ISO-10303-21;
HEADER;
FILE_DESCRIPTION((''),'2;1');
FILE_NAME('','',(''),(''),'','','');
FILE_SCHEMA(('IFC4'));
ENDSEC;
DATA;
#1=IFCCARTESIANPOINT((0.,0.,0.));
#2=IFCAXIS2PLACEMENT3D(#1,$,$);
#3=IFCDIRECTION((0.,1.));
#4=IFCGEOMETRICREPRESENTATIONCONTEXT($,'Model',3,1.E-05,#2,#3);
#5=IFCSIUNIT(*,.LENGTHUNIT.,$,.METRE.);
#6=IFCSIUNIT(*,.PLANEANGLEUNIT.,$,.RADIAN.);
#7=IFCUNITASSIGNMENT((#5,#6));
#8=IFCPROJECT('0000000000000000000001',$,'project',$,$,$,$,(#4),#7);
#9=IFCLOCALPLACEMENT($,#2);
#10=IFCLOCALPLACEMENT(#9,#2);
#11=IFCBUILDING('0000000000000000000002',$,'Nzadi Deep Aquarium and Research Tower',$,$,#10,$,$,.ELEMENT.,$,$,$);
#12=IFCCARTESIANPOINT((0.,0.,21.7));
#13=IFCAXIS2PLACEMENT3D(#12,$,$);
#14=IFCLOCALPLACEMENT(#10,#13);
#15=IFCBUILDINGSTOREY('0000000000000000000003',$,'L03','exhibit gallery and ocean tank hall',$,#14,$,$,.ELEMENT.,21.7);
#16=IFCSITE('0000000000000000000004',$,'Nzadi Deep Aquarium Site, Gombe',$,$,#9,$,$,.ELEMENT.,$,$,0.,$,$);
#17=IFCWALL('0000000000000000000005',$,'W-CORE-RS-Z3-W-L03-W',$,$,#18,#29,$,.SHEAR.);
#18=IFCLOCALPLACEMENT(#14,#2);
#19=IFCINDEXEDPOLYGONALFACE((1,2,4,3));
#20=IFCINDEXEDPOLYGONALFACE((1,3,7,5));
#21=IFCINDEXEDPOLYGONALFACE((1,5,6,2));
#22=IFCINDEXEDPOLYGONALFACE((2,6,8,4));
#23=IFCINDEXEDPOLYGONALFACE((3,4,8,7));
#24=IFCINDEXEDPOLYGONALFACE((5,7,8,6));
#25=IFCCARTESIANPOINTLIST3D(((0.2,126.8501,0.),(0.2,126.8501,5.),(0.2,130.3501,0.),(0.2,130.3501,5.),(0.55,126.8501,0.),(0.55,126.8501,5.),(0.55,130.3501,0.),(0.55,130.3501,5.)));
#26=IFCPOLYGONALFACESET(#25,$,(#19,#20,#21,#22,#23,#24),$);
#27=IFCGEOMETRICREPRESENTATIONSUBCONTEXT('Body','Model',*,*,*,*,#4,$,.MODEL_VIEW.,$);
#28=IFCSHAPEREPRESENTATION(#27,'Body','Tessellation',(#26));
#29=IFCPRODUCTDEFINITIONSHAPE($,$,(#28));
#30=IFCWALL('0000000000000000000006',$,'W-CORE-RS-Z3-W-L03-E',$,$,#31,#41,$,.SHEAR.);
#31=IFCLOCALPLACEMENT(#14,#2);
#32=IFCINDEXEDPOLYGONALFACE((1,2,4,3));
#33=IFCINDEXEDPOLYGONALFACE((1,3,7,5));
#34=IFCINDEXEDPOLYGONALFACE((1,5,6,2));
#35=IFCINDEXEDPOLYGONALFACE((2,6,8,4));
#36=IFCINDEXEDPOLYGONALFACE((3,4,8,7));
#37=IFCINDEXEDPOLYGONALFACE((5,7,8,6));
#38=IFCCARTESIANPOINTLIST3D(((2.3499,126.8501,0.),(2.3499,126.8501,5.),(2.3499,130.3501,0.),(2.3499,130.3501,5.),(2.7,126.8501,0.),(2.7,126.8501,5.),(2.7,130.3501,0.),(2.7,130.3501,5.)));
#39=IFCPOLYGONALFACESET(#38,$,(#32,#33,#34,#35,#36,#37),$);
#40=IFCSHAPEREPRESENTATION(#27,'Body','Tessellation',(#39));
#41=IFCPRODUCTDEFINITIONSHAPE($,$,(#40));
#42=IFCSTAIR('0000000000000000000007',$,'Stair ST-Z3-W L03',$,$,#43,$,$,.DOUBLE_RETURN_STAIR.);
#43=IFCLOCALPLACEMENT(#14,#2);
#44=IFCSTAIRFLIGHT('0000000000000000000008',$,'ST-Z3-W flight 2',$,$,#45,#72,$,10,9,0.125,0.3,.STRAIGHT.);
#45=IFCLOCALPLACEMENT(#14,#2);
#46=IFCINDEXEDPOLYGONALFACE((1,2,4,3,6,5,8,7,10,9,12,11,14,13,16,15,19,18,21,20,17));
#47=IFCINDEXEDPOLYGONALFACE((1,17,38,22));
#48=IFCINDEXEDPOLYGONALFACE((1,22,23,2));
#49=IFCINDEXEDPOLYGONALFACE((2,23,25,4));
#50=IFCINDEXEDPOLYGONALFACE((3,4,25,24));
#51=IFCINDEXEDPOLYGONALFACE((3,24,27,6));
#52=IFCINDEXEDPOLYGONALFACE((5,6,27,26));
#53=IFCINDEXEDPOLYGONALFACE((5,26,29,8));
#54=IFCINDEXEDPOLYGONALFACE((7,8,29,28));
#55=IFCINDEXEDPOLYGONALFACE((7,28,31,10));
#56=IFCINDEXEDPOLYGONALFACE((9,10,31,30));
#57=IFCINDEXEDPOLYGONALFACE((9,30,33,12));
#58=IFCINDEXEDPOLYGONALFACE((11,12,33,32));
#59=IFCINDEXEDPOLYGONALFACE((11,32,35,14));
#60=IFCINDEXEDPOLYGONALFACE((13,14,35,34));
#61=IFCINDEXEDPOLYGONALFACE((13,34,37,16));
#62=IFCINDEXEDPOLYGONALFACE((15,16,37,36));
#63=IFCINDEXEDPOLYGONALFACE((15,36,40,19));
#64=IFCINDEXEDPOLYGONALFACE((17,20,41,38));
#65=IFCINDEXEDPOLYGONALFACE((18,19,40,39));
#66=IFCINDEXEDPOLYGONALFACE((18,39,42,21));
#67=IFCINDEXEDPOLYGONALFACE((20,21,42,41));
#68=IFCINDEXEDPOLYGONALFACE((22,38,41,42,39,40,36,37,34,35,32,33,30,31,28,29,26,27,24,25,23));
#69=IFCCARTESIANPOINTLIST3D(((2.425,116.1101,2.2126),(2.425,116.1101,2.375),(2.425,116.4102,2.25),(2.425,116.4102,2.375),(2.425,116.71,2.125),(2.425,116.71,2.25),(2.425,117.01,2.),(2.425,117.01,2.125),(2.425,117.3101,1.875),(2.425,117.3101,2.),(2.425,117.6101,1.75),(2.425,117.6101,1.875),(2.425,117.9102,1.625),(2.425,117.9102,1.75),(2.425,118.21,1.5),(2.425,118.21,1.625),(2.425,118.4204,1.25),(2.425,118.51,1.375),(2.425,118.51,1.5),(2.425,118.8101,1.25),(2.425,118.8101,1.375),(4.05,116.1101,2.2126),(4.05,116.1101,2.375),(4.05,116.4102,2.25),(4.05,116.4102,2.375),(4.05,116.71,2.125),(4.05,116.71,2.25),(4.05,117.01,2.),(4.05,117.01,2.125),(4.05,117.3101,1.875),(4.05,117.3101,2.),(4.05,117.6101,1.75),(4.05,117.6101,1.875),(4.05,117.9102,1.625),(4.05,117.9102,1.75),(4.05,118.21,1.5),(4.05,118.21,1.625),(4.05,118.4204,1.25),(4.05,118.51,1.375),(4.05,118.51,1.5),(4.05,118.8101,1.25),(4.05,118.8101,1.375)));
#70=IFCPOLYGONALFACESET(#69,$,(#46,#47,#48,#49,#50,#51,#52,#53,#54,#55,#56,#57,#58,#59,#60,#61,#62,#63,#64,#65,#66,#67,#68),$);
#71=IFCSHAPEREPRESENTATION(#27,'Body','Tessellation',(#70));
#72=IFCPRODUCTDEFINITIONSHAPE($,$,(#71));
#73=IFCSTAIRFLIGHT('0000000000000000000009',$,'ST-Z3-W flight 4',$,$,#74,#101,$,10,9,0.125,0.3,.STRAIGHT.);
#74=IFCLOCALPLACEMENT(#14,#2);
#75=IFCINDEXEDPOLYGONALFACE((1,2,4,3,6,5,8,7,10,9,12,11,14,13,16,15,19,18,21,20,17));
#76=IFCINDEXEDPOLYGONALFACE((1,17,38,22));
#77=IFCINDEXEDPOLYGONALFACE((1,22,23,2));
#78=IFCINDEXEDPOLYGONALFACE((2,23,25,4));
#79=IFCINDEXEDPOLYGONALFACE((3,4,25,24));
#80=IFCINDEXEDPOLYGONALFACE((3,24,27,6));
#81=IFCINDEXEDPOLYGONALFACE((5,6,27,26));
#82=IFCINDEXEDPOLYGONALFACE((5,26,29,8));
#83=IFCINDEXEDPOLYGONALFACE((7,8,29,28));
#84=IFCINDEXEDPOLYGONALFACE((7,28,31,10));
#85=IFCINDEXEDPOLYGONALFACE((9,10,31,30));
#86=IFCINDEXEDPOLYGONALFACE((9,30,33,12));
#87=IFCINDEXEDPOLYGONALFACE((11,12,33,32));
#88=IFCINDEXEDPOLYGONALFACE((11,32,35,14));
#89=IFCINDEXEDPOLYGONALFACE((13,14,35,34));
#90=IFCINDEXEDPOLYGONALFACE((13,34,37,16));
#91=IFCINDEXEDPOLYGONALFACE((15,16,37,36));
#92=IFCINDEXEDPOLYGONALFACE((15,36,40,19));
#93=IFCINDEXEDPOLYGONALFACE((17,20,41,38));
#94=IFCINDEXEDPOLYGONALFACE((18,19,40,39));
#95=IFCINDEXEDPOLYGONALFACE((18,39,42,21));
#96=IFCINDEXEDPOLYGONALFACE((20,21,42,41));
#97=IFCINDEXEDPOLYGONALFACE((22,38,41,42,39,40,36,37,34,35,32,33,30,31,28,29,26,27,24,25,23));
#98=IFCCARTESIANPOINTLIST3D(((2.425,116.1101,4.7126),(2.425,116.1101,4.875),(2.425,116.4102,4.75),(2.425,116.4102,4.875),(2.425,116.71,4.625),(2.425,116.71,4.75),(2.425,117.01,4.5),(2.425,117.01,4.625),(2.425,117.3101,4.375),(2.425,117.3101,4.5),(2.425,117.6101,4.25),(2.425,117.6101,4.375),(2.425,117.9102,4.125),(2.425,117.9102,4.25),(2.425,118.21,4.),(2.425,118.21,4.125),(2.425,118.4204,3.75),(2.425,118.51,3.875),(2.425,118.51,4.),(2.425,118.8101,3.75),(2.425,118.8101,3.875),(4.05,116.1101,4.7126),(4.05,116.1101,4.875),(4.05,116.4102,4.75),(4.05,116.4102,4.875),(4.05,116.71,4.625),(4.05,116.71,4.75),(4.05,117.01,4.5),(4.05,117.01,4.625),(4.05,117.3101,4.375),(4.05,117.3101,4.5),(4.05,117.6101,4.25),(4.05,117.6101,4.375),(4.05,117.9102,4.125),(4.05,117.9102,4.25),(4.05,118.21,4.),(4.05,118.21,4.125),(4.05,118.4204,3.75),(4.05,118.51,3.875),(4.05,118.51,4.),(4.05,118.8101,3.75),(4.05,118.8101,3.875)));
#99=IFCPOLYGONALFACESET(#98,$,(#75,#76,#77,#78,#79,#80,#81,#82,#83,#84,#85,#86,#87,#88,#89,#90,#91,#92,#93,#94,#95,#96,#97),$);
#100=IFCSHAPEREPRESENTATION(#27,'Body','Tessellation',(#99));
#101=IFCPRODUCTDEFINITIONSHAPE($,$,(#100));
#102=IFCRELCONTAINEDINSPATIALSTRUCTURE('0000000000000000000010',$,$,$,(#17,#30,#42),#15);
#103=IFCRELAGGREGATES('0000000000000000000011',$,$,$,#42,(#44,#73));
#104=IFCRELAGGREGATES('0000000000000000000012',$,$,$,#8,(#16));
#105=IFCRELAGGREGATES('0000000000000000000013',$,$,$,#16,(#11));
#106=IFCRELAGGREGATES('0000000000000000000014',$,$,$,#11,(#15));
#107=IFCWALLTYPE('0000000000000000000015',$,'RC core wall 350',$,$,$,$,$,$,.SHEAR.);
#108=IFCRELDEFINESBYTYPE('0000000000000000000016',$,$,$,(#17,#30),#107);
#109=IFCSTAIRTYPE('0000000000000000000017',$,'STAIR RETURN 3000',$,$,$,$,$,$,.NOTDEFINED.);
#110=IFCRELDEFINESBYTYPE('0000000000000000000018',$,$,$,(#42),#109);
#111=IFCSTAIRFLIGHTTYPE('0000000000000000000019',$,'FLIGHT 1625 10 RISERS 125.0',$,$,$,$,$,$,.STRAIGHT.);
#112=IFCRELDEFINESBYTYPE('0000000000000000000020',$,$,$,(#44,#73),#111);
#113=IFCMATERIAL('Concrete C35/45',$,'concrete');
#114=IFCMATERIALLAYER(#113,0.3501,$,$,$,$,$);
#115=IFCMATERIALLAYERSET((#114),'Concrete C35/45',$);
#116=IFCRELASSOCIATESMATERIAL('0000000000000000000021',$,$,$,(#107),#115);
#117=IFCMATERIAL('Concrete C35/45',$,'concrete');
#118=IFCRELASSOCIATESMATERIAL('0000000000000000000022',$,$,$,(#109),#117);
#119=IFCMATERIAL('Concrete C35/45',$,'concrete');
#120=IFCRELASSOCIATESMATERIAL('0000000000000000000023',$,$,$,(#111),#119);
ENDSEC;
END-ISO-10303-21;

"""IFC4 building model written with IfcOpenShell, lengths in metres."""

from ifc_helpers import new_model, si_unit, direction, frame, frame_2d, origin, place, context, subcontext, project, spatial, polyline, rectangle, outline, extrude, material, layer, layer_set, type_object, element, aggregate, save


model = new_model("IFC4")

# Units and contexts
model_context = context("Model", 3, precision=1e-05, world=origin(), true_north=direction((0.0, 1.0)))
body_context = subcontext(model_context, "Body", "Model", "MODEL_VIEW")
ifc_project = project(units=[si_unit("LENGTHUNIT", "METRE"), si_unit("PLANEANGLEUNIT", "RADIAN")], contexts=[model_context])

# Site, building, storey
site_placement = place(None, origin())
site = spatial("IfcSite", under=ifc_project, at=site_placement, Name="Nzadi Deep Aquarium Site, Gombe", CompositionType="ELEMENT", RefElevation=0.0)
building_placement = place(site_placement, origin())
building = spatial("IfcBuilding", under=site, at=building_placement, Name="Nzadi Deep Aquarium and Research Tower", CompositionType="ELEMENT")
storey_placement = place(building_placement, frame((0.0, 0.0, 21.7)))
storey = spatial("IfcBuildingStorey", under=building, at=storey_placement, Name="L03", Description="exhibit gallery and ocean tank hall", CompositionType="ELEMENT", Elevation=21.7)

# Shared definitions
ifc_material_1 = material(Name="Concrete C35/45", Category="concrete")
ifc_layer_1 = layer(ifc_material_1, 0.3501)
ifc_layer_set_1 = layer_set([ifc_layer_1], Name="Concrete C35/45")
wall_type_1 = type_object("IfcWallType", Name="RC core wall 350", PredefinedType="SHEAR", material=ifc_layer_set_1)

# Walls
for number, where, z_axis, x_axis, name in (
    (1, (0.375, 126.8501, 0.0), (0.0, 0.0, 1.0), (0.0, 1.0, 0.0), "W-CORE-RS-Z3-W-L03-W"),
    (2, (2.5249, 126.8501, 0.0), (0.0, 0.0, 1.0), (0.0, 1.0, 0.0), "W-CORE-RS-Z3-W-L03-E"),
):
    element("IfcWall", number, at=place(storey_placement, frame(where, z_axis=z_axis, x_axis=x_axis)), inside=storey, type_object=wall_type_1, Name=name, PredefinedType="SHEAR", context=body_context, shape_type="SweptSolid", body=[
        extrude(rectangle(XDim=3.5, YDim=0.3501, at=frame_2d((1.75, 0.0))), origin(), (0.0, 0.0, 1.0), 5.0),
    ])

# Stair, stair flights
ifc_material_2 = material(Name="Concrete C35/45", Category="concrete")
stair_type = type_object("IfcStairType", Name="STAIR RETURN 3000", PredefinedType="NOTDEFINED", material=ifc_material_2)
stair_placement = place(storey_placement, origin())
stair = element("IfcStair", 3, at=stair_placement, inside=storey, type_object=stair_type, Name="Stair ST-Z3-W L03", PredefinedType="DOUBLE_RETURN_STAIR")
ifc_material_3 = material(Name="Concrete C35/45", Category="concrete")
stair_flight_type = type_object("IfcStairFlightType", Name="FLIGHT 1625 10 RISERS 125.0", PredefinedType="STRAIGHT", material=ifc_material_3)
stair_flight_1_placement = place(storey_placement, frame((3.2375, 118.8101, 1.25), z_axis=(0.0, 0.0, 1.0), x_axis=(0.0, -1.0, 0.0)))
stair_flight_1 = element("IfcStairFlight", 4, at=stair_flight_1_placement, type_object=stair_flight_type, Name="ST-Z3-W flight 2", NumberOfRisers=10, NumberOfTreads=9, PredefinedType="STRAIGHT", RiserHeight=0.125, TreadLength=0.3, context=body_context, shape_type="SweptSolid", body=[
    extrude(outline(polyline([(0.0, 0.0), (0.0, 0.125), (0.3, 0.125), (0.3, 0.25), (0.6001, 0.25), (0.6001, 0.375), (0.8999, 0.375), (0.8999, 0.5), (1.2, 0.5), (1.2, 0.625), (1.5, 0.625), (1.5, 0.75), (1.8, 0.75), (1.8, 0.875), (2.1001, 0.875), (2.1001, 1.0), (2.3999, 1.0), (2.3999, 1.125), (2.7, 1.125), (2.7, 1.25), (2.7, 0.9626), (0.3896, 0.0), (0.0, 0.0)])), frame((0.0, 0.8125, 0.0), z_axis=(0.0, -1.0, 0.0), x_axis=(1.0, 0.0, 0.0)), (0.0, 0.0, 1.0), 1.625),
])
stair_flight_2_placement = place(storey_placement, frame((3.2375, 118.8101, 3.75), z_axis=(0.0, 0.0, 1.0), x_axis=(0.0, -1.0, 0.0)))
stair_flight_2 = element("IfcStairFlight", 5, at=stair_flight_2_placement, type_object=stair_flight_type, Name="ST-Z3-W flight 4", NumberOfRisers=10, NumberOfTreads=9, PredefinedType="STRAIGHT", RiserHeight=0.125, TreadLength=0.3, context=body_context, shape_type="SweptSolid", body=[
    extrude(outline(polyline([(0.0, 0.0), (0.0, 0.125), (0.3, 0.125), (0.3, 0.25), (0.6001, 0.25), (0.6001, 0.375), (0.8999, 0.375), (0.8999, 0.5), (1.2, 0.5), (1.2, 0.625), (1.5, 0.625), (1.5, 0.75), (1.8, 0.75), (1.8, 0.875), (2.1001, 0.875), (2.1001, 1.0), (2.3999, 1.0), (2.3999, 1.125), (2.7, 1.125), (2.7, 1.25), (2.7, 0.9626), (0.3896, 0.0), (0.0, 0.0)])), frame((0.0, 0.8125, 0.0), z_axis=(0.0, -1.0, 0.0), x_axis=(1.0, 0.0, 0.0)), (0.0, 0.0, 1.0), 1.625),
])
aggregate(stair, [stair_flight_1, stair_flight_2])

save(model, "model.ifc")
